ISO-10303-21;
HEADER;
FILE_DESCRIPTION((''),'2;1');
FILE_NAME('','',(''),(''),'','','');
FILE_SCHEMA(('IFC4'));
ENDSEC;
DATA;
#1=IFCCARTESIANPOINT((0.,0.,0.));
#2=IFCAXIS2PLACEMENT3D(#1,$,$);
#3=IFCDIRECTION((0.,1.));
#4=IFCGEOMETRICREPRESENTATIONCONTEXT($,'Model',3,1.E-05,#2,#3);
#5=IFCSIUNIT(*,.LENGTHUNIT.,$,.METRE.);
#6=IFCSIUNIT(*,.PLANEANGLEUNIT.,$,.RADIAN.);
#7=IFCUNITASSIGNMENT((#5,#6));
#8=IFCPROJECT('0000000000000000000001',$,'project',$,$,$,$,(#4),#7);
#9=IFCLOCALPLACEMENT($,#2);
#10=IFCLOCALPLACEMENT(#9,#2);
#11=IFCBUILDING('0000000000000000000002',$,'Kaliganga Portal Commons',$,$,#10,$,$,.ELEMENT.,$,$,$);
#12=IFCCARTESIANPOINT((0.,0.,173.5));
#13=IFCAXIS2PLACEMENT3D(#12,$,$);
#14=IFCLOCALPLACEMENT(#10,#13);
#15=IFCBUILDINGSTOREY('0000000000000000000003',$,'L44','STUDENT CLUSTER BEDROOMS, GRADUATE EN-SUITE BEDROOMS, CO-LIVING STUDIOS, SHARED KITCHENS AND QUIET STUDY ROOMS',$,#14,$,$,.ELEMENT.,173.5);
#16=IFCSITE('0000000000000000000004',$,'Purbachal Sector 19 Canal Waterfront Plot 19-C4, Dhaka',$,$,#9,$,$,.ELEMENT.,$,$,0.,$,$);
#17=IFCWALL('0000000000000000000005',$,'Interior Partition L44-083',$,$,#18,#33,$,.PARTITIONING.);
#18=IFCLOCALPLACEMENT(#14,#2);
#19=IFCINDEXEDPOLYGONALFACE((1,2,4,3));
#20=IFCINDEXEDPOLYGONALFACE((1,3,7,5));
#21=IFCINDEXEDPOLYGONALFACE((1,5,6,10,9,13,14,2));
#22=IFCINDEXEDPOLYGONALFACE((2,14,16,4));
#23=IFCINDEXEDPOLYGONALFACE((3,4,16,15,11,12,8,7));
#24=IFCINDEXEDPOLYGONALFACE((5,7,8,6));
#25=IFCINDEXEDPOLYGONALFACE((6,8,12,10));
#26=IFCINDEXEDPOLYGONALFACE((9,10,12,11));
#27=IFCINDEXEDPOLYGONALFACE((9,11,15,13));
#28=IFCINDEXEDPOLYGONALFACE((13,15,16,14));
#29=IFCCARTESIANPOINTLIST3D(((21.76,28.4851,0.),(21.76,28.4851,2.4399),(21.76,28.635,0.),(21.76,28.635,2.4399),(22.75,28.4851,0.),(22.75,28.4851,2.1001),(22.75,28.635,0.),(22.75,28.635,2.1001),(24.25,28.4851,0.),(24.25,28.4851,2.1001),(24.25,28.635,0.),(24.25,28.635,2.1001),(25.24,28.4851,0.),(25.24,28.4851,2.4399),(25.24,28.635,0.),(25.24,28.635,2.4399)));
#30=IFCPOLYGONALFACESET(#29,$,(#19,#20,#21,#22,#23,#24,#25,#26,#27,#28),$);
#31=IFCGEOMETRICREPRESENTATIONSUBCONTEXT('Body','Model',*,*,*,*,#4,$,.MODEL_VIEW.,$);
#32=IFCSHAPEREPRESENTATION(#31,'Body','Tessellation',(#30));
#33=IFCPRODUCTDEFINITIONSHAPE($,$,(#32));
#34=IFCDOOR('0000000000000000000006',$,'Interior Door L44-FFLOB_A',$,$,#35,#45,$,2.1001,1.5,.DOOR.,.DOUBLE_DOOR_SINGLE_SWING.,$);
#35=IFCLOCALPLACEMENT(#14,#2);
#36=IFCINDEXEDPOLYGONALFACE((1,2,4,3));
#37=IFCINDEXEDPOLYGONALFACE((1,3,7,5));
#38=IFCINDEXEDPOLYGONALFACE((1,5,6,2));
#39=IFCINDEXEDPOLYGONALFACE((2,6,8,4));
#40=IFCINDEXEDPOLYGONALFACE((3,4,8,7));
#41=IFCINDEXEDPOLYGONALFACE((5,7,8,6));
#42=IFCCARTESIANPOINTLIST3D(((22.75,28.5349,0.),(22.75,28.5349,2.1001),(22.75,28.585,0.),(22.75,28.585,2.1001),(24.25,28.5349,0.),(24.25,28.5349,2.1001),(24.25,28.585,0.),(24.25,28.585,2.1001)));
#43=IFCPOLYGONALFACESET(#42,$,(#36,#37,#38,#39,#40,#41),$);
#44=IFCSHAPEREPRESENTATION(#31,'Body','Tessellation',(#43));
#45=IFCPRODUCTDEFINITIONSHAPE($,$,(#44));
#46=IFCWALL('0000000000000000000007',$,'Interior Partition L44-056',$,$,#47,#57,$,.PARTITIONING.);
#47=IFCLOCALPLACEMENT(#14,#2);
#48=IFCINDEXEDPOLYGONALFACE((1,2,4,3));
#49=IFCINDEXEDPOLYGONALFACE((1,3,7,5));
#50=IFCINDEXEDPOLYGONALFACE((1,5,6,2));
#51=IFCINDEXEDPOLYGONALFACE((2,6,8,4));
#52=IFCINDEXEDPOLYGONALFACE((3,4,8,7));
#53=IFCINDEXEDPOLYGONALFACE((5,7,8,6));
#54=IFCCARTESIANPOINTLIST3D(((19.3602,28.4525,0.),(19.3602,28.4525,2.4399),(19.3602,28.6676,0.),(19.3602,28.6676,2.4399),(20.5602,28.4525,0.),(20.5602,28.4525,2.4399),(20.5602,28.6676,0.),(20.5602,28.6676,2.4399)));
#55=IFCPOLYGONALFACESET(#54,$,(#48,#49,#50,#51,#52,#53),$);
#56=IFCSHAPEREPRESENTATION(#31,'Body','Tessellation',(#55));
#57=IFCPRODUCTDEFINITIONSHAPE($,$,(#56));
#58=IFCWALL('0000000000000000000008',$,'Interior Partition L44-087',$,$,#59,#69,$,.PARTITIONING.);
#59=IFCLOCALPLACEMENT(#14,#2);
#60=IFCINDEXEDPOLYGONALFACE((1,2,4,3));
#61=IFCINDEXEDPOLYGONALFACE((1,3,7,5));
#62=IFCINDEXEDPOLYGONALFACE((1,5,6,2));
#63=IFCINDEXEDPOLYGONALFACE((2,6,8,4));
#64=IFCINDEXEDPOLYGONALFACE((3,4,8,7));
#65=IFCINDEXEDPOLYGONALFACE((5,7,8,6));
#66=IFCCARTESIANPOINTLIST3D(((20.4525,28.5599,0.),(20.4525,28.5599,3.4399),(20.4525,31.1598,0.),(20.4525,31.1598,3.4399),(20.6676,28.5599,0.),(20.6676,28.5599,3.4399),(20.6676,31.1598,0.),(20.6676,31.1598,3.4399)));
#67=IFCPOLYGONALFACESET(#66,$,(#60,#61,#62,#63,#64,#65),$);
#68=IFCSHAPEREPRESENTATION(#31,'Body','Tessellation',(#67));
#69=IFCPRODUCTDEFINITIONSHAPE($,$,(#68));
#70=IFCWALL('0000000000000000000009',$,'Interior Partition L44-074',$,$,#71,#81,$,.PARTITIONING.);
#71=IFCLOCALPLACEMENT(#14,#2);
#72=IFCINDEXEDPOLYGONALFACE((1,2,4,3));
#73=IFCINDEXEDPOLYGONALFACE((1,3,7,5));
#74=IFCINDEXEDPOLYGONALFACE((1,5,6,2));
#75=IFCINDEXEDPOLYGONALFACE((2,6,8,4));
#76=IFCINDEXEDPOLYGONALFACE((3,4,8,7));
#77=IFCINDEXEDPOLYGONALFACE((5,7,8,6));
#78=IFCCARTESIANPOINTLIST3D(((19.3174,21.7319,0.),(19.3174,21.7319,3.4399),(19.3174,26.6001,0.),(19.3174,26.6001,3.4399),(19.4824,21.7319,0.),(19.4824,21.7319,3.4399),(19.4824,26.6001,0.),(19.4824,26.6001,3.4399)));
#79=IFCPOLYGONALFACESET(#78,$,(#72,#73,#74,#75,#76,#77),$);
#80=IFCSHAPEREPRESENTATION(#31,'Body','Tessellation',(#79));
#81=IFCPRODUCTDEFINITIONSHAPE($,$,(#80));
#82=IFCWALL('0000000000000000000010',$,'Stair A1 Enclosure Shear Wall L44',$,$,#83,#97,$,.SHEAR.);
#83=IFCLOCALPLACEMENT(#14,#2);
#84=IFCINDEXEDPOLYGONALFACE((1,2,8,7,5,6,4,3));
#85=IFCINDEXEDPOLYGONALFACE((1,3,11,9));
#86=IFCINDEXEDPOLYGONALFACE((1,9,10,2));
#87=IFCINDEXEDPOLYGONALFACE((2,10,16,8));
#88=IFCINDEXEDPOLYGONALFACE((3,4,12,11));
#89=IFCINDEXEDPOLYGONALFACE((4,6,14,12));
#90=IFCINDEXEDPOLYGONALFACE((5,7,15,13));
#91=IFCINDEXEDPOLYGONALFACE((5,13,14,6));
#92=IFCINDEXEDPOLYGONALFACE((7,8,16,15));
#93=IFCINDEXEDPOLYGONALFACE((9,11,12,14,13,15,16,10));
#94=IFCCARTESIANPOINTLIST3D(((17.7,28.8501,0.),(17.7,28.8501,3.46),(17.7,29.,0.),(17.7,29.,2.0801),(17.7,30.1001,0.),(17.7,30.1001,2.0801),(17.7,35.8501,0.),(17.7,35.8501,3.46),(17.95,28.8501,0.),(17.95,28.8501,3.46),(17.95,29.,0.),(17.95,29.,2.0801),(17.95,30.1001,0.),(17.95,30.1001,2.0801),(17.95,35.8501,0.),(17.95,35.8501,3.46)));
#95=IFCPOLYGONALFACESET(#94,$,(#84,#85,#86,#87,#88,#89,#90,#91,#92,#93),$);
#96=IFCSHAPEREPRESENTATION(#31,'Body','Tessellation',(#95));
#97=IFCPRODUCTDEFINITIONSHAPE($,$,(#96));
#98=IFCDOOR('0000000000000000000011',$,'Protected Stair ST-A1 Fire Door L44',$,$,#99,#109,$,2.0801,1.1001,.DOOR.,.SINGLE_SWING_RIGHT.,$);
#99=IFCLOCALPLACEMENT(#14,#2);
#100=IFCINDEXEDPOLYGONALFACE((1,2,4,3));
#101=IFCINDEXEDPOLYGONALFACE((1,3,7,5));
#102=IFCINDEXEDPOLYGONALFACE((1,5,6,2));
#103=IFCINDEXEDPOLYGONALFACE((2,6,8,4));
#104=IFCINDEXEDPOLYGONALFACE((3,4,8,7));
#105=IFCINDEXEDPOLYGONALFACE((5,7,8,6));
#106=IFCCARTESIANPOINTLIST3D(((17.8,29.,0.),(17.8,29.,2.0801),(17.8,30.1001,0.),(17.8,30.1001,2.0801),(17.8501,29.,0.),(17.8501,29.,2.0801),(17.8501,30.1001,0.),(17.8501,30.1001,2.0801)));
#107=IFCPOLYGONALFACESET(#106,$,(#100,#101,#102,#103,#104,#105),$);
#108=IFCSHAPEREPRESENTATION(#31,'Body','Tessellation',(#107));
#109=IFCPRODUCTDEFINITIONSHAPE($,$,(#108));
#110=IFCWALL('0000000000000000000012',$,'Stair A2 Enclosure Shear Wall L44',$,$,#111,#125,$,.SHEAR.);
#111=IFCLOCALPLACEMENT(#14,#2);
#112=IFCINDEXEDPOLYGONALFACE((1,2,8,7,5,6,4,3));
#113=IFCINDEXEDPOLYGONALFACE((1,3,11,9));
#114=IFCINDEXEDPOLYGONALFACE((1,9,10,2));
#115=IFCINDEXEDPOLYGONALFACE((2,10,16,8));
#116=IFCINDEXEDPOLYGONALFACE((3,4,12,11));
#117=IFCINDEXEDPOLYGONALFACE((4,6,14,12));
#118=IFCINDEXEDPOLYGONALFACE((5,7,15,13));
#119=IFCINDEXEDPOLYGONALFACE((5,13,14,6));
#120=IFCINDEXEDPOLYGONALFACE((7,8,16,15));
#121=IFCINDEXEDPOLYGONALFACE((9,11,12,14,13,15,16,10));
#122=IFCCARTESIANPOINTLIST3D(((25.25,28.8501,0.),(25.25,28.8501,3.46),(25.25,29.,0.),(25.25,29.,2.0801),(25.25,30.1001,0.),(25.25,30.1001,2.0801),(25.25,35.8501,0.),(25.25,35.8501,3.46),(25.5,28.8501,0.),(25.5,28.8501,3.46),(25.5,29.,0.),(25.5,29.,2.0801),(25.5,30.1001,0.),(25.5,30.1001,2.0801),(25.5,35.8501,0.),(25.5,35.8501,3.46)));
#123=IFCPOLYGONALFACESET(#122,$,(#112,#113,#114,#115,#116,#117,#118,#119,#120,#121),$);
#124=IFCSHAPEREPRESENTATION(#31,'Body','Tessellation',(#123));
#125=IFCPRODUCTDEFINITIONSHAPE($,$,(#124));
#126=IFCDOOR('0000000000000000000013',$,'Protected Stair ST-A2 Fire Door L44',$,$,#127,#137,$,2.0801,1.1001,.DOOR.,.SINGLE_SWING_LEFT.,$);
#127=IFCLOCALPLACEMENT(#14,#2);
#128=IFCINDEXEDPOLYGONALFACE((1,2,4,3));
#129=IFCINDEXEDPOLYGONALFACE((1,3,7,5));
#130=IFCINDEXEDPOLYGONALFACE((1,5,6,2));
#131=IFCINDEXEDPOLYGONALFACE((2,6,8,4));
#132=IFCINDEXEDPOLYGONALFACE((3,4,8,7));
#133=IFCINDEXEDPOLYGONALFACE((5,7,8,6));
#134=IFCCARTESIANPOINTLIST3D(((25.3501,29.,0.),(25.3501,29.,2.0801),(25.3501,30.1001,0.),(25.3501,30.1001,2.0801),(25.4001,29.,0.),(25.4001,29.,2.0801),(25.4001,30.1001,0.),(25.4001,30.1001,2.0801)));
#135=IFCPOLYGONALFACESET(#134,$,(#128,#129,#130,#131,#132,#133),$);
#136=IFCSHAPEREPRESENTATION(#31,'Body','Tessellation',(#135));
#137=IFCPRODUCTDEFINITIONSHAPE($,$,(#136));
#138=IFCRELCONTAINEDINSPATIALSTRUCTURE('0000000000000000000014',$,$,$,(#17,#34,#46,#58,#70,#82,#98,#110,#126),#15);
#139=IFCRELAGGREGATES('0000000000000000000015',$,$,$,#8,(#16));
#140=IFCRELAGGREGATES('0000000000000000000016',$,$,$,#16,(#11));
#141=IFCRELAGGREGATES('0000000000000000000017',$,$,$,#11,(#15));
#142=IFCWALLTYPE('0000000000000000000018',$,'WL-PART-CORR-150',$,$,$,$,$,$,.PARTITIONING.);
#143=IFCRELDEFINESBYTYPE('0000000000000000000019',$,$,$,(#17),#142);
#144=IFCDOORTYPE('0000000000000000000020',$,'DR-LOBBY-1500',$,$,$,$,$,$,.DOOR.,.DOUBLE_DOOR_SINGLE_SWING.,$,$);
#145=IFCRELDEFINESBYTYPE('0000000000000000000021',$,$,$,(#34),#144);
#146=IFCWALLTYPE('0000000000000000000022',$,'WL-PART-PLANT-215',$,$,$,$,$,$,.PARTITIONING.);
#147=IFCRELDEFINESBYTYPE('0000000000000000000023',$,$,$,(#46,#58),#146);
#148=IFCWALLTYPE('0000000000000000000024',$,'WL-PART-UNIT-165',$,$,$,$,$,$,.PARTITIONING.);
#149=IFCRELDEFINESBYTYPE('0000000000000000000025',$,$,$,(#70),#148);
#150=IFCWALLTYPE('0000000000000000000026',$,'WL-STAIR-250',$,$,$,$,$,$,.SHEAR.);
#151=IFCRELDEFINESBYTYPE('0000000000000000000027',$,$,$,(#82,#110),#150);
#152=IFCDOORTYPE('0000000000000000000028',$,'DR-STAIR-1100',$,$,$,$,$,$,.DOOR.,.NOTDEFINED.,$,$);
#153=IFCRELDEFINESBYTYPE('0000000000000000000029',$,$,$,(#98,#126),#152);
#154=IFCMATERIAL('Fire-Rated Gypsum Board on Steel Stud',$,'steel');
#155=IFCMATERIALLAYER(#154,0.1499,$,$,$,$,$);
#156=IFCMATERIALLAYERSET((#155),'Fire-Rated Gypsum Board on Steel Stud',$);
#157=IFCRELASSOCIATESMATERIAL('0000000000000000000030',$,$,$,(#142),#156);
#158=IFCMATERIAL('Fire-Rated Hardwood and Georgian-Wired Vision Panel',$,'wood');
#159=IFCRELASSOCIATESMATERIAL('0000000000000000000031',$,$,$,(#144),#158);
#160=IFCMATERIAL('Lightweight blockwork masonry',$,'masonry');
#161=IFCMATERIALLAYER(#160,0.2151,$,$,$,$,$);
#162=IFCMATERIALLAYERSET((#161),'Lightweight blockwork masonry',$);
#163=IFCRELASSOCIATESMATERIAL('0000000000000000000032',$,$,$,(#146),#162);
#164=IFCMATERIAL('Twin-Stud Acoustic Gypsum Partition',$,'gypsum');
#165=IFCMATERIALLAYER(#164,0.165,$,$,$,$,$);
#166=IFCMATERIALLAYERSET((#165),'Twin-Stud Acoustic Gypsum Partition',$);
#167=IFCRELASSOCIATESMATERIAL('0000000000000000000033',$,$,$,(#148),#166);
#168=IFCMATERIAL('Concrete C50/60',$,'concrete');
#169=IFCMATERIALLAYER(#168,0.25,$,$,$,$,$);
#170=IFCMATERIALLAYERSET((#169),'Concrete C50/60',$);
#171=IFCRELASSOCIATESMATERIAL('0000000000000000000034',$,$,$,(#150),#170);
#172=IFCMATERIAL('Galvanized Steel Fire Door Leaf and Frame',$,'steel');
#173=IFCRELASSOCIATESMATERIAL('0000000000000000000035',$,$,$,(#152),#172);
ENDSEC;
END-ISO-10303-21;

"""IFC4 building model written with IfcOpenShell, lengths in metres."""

from ifc_helpers import new_model, si_unit, direction, frame, frame_2d, origin, place, context, subcontext, project, spatial, rectangle, extrude, material, layer, layer_set, type_object, element, fill, save


model = new_model("IFC4")

# Units and contexts
model_context = context("Model", 3, precision=1e-05, world=origin(), true_north=direction((0.0, 1.0)))
body_context = subcontext(model_context, "Body", "Model", "MODEL_VIEW")
ifc_project = project(units=[si_unit("LENGTHUNIT", "METRE"), si_unit("PLANEANGLEUNIT", "RADIAN")], contexts=[model_context])

# Site, building, storey
site_placement = place(None, origin())
site = spatial("IfcSite", under=ifc_project, at=site_placement, Name="Purbachal Sector 19 Canal Waterfront Plot 19-C4, Dhaka", CompositionType="ELEMENT", RefElevation=0.0)
building_placement = place(site_placement, origin())
building = spatial("IfcBuilding", under=site, at=building_placement, Name="Kaliganga Portal Commons", CompositionType="ELEMENT")
storey_placement = place(building_placement, frame((0.0, 0.0, 173.5)))
storey = spatial("IfcBuildingStorey", under=building, at=storey_placement, Name="L44", Description="STUDENT CLUSTER BEDROOMS, GRADUATE EN-SUITE BEDROOMS, CO-LIVING STUDIOS, SHARED KITCHENS AND QUIET STUDY ROOMS", CompositionType="ELEMENT", Elevation=173.5)

# Shared definitions
ifc_material_1 = material(Name="Concrete C50/60", Category="concrete")

# Shared definitions
ifc_material_2 = material(Name="Fire-Rated Gypsum Board on Steel Stud", Category="steel")
ifc_layer_1 = layer(ifc_material_2, 0.1499)
ifc_layer_set_1 = layer_set([ifc_layer_1], Name="Fire-Rated Gypsum Board on Steel Stud")
wall_type_1 = type_object("IfcWallType", Name="WL-PART-CORR-150", PredefinedType="PARTITIONING", material=ifc_layer_set_1)

# Wall, opening, door
wall_1_placement = place(storey_placement, frame((21.76, 28.5601, 0.0), z_axis=(0.0, 0.0, 1.0), x_axis=(1.0, 0.0, 0.0)))
wall_1 = element("IfcWall", 1, at=wall_1_placement, inside=storey, type_object=wall_type_1, Name="Interior Partition L44-083", PredefinedType="PARTITIONING", context=body_context, shape_type="SweptSolid", body=[
    extrude(rectangle(XDim=3.48, YDim=0.1499, at=frame_2d((1.74, 0.0))), origin(), (0.0, 0.0, 1.0), 2.4399),
])
opening_1_placement = place(wall_1_placement, frame((0.99, 0.0, 0.0)))
opening_1 = element("IfcOpeningElement", 2, at=opening_1_placement, cuts=wall_1, PredefinedType="OPENING", context=body_context, shape_type="SweptSolid", body=[
    extrude(rectangle(XDim=1.5, YDim=2.1001, at=frame_2d((0.75, 1.05))), frame((0.0, 0.085, 0.0), z_axis=(0.0, -1.0, 0.0), x_axis=(1.0, 0.0, 0.0)), (0.0, 0.0, 1.0), 0.1699),
])
ifc_material_3 = material(Name="Fire-Rated Hardwood and Georgian-Wired Vision Panel", Category="wood")
door_type_1 = type_object("IfcDoorType", Name="DR-LOBBY-1500", OperationType="DOUBLE_DOOR_SINGLE_SWING", PredefinedType="DOOR", material=ifc_material_3)
door_1_placement = place(opening_1_placement, origin())
door_1 = element("IfcDoor", 3, at=door_1_placement, inside=storey, type_object=door_type_1, Name="Interior Door L44-FFLOB_A", OperationType="DOUBLE_DOOR_SINGLE_SWING", OverallHeight=2.1001, OverallWidth=1.5, PredefinedType="DOOR", context=body_context, shape_type="SweptSolid", body=[
    extrude(rectangle(XDim=1.5, YDim=2.1001, at=frame_2d((0.75, 1.05))), frame((0.0, 0.0249, 0.0), z_axis=(0.0, -1.0, 0.0), x_axis=(1.0, 0.0, 0.0)), (0.0, 0.0, 1.0), 0.05),
])
fill(opening_1, door_1)
ifc_material_4 = material(Name="Lightweight blockwork masonry", Category="masonry")
ifc_layer_2 = layer(ifc_material_4, 0.2151)
ifc_layer_set_2 = layer_set([ifc_layer_2], Name="Lightweight blockwork masonry")
wall_type_2 = type_object("IfcWallType", Name="WL-PART-PLANT-215", PredefinedType="PARTITIONING", material=ifc_layer_set_2)

# Walls
wall_2_placement = place(storey_placement, frame((19.3601, 28.5601, 0.0), z_axis=(0.0, 0.0, 1.0), x_axis=(1.0, 0.0, 0.0)))
element("IfcWall", 4, at=wall_2_placement, inside=storey, type_object=wall_type_2, Name="Interior Partition L44-056", PredefinedType="PARTITIONING", context=body_context, shape_type="SweptSolid", body=[
    extrude(rectangle(XDim=1.2, YDim=0.2151, at=frame_2d((0.6001, 0.0))), origin(), (0.0, 0.0, 1.0), 2.4399),
])
wall_3_placement = place(storey_placement, frame((20.5601, 28.5601, 0.0), z_axis=(0.0, 0.0, 1.0), x_axis=(0.0, 1.0, 0.0)))
element("IfcWall", 5, at=wall_3_placement, inside=storey, type_object=wall_type_2, Name="Interior Partition L44-087", PredefinedType="PARTITIONING", context=body_context, shape_type="SweptSolid", body=[
    extrude(rectangle(XDim=2.5999, YDim=0.2151, at=frame_2d((1.2998, 0.0))), origin(), (0.0, 0.0, 1.0), 3.4399),
])
ifc_material_5 = material(Name="Twin-Stud Acoustic Gypsum Partition", Category="gypsum")
ifc_layer_3 = layer(ifc_material_5, 0.165)
ifc_layer_set_3 = layer_set([ifc_layer_3], Name="Twin-Stud Acoustic Gypsum Partition")
wall_type_3 = type_object("IfcWallType", Name="WL-PART-UNIT-165", PredefinedType="PARTITIONING", material=ifc_layer_set_3)
wall_4_placement = place(storey_placement, frame((19.3999, 21.7319, 0.0), z_axis=(0.0, 0.0, 1.0), x_axis=(0.0, 1.0, 0.0)))
element("IfcWall", 6, at=wall_4_placement, inside=storey, type_object=wall_type_3, Name="Interior Partition L44-074", PredefinedType="PARTITIONING", context=body_context, shape_type="SweptSolid", body=[
    extrude(rectangle(XDim=4.8682, YDim=0.165, at=frame_2d((2.4341, 0.0))), origin(), (0.0, 0.0, 1.0), 3.4399),
])

# Walls, openings, doors
ifc_layer_4 = layer(ifc_material_1, 0.25)
ifc_layer_set_4 = layer_set([ifc_layer_4], Name="Concrete C50/60")
wall_type_4 = type_object("IfcWallType", Name="WL-STAIR-250", PredefinedType="SHEAR", material=ifc_layer_set_4)
wall_5_placement = place(storey_placement, frame((17.825, 28.8501, 0.0), z_axis=(0.0, 0.0, 1.0), x_axis=(0.0, 1.0, 0.0)))
wall_5 = element("IfcWall", 7, at=wall_5_placement, inside=storey, type_object=wall_type_4, Name="Stair A1 Enclosure Shear Wall L44", PredefinedType="SHEAR", context=body_context, shape_type="SweptSolid", body=[
    extrude(rectangle(XDim=7.0, YDim=0.25, at=frame_2d((3.5, 0.0))), origin(), (0.0, 0.0, 1.0), 3.46),
])
opening_2_placement = place(wall_5_placement, frame((0.1499, 0.0, 0.0)))
opening_2 = element("IfcOpeningElement", 8, at=opening_2_placement, cuts=wall_5, PredefinedType="OPENING", context=body_context, shape_type="SweptSolid", body=[
    extrude(rectangle(XDim=1.1001, YDim=2.0801, at=frame_2d((0.55, 1.04))), frame((0.0, 0.135, 0.0), z_axis=(0.0, -1.0, 0.0), x_axis=(1.0, 0.0, 0.0)), (0.0, 0.0, 1.0), 0.27),
])
ifc_material_6 = material(Name="Galvanized Steel Fire Door Leaf and Frame", Category="steel")
door_type_2 = type_object("IfcDoorType", Name="DR-STAIR-1100", OperationType="NOTDEFINED", PredefinedType="DOOR", material=ifc_material_6)
door_2_placement = place(opening_2_placement, origin())
door_2 = element("IfcDoor", 9, at=door_2_placement, inside=storey, type_object=door_type_2, Name="Protected Stair ST-A1 Fire Door L44", OperationType="SINGLE_SWING_RIGHT", OverallHeight=2.0801, OverallWidth=1.1001, PredefinedType="DOOR", context=body_context, shape_type="SweptSolid", body=[
    extrude(rectangle(XDim=1.1001, YDim=2.0801, at=frame_2d((0.55, 1.04))), frame((0.0, 0.0249, 0.0), z_axis=(0.0, -1.0, 0.0), x_axis=(1.0, 0.0, 0.0)), (0.0, 0.0, 1.0), 0.05),
])
fill(opening_2, door_2)
wall_6_placement = place(storey_placement, frame((25.375, 28.8501, 0.0), z_axis=(0.0, 0.0, 1.0), x_axis=(0.0, 1.0, 0.0)))
wall_6 = element("IfcWall", 10, at=wall_6_placement, inside=storey, type_object=wall_type_4, Name="Stair A2 Enclosure Shear Wall L44", PredefinedType="SHEAR", context=body_context, shape_type="SweptSolid", body=[
    extrude(rectangle(XDim=7.0, YDim=0.25, at=frame_2d((3.5, 0.0))), origin(), (0.0, 0.0, 1.0), 3.46),
])
opening_3_placement = place(wall_6_placement, frame((0.1499, 0.0, 0.0)))
opening_3 = element("IfcOpeningElement", 11, at=opening_3_placement, cuts=wall_6, PredefinedType="OPENING", context=body_context, shape_type="SweptSolid", body=[
    extrude(rectangle(XDim=1.1001, YDim=2.0801, at=frame_2d((0.55, 1.04))), frame((0.0, 0.135, 0.0), z_axis=(0.0, -1.0, 0.0), x_axis=(1.0, 0.0, 0.0)), (0.0, 0.0, 1.0), 0.27),
])
door_3_placement = place(opening_3_placement, origin())
door_3 = element("IfcDoor", 12, at=door_3_placement, inside=storey, type_object=door_type_2, Name="Protected Stair ST-A2 Fire Door L44", OperationType="SINGLE_SWING_LEFT", OverallHeight=2.0801, OverallWidth=1.1001, PredefinedType="DOOR", context=body_context, shape_type="SweptSolid", body=[
    extrude(rectangle(XDim=1.1001, YDim=2.0801, at=frame_2d((0.55, 1.04))), frame((0.0, 0.0249, 0.0), z_axis=(0.0, -1.0, 0.0), x_axis=(1.0, 0.0, 0.0)), (0.0, 0.0, 1.0), 0.05),
])
fill(opening_3, door_3)

save(model, "model.ifc")
